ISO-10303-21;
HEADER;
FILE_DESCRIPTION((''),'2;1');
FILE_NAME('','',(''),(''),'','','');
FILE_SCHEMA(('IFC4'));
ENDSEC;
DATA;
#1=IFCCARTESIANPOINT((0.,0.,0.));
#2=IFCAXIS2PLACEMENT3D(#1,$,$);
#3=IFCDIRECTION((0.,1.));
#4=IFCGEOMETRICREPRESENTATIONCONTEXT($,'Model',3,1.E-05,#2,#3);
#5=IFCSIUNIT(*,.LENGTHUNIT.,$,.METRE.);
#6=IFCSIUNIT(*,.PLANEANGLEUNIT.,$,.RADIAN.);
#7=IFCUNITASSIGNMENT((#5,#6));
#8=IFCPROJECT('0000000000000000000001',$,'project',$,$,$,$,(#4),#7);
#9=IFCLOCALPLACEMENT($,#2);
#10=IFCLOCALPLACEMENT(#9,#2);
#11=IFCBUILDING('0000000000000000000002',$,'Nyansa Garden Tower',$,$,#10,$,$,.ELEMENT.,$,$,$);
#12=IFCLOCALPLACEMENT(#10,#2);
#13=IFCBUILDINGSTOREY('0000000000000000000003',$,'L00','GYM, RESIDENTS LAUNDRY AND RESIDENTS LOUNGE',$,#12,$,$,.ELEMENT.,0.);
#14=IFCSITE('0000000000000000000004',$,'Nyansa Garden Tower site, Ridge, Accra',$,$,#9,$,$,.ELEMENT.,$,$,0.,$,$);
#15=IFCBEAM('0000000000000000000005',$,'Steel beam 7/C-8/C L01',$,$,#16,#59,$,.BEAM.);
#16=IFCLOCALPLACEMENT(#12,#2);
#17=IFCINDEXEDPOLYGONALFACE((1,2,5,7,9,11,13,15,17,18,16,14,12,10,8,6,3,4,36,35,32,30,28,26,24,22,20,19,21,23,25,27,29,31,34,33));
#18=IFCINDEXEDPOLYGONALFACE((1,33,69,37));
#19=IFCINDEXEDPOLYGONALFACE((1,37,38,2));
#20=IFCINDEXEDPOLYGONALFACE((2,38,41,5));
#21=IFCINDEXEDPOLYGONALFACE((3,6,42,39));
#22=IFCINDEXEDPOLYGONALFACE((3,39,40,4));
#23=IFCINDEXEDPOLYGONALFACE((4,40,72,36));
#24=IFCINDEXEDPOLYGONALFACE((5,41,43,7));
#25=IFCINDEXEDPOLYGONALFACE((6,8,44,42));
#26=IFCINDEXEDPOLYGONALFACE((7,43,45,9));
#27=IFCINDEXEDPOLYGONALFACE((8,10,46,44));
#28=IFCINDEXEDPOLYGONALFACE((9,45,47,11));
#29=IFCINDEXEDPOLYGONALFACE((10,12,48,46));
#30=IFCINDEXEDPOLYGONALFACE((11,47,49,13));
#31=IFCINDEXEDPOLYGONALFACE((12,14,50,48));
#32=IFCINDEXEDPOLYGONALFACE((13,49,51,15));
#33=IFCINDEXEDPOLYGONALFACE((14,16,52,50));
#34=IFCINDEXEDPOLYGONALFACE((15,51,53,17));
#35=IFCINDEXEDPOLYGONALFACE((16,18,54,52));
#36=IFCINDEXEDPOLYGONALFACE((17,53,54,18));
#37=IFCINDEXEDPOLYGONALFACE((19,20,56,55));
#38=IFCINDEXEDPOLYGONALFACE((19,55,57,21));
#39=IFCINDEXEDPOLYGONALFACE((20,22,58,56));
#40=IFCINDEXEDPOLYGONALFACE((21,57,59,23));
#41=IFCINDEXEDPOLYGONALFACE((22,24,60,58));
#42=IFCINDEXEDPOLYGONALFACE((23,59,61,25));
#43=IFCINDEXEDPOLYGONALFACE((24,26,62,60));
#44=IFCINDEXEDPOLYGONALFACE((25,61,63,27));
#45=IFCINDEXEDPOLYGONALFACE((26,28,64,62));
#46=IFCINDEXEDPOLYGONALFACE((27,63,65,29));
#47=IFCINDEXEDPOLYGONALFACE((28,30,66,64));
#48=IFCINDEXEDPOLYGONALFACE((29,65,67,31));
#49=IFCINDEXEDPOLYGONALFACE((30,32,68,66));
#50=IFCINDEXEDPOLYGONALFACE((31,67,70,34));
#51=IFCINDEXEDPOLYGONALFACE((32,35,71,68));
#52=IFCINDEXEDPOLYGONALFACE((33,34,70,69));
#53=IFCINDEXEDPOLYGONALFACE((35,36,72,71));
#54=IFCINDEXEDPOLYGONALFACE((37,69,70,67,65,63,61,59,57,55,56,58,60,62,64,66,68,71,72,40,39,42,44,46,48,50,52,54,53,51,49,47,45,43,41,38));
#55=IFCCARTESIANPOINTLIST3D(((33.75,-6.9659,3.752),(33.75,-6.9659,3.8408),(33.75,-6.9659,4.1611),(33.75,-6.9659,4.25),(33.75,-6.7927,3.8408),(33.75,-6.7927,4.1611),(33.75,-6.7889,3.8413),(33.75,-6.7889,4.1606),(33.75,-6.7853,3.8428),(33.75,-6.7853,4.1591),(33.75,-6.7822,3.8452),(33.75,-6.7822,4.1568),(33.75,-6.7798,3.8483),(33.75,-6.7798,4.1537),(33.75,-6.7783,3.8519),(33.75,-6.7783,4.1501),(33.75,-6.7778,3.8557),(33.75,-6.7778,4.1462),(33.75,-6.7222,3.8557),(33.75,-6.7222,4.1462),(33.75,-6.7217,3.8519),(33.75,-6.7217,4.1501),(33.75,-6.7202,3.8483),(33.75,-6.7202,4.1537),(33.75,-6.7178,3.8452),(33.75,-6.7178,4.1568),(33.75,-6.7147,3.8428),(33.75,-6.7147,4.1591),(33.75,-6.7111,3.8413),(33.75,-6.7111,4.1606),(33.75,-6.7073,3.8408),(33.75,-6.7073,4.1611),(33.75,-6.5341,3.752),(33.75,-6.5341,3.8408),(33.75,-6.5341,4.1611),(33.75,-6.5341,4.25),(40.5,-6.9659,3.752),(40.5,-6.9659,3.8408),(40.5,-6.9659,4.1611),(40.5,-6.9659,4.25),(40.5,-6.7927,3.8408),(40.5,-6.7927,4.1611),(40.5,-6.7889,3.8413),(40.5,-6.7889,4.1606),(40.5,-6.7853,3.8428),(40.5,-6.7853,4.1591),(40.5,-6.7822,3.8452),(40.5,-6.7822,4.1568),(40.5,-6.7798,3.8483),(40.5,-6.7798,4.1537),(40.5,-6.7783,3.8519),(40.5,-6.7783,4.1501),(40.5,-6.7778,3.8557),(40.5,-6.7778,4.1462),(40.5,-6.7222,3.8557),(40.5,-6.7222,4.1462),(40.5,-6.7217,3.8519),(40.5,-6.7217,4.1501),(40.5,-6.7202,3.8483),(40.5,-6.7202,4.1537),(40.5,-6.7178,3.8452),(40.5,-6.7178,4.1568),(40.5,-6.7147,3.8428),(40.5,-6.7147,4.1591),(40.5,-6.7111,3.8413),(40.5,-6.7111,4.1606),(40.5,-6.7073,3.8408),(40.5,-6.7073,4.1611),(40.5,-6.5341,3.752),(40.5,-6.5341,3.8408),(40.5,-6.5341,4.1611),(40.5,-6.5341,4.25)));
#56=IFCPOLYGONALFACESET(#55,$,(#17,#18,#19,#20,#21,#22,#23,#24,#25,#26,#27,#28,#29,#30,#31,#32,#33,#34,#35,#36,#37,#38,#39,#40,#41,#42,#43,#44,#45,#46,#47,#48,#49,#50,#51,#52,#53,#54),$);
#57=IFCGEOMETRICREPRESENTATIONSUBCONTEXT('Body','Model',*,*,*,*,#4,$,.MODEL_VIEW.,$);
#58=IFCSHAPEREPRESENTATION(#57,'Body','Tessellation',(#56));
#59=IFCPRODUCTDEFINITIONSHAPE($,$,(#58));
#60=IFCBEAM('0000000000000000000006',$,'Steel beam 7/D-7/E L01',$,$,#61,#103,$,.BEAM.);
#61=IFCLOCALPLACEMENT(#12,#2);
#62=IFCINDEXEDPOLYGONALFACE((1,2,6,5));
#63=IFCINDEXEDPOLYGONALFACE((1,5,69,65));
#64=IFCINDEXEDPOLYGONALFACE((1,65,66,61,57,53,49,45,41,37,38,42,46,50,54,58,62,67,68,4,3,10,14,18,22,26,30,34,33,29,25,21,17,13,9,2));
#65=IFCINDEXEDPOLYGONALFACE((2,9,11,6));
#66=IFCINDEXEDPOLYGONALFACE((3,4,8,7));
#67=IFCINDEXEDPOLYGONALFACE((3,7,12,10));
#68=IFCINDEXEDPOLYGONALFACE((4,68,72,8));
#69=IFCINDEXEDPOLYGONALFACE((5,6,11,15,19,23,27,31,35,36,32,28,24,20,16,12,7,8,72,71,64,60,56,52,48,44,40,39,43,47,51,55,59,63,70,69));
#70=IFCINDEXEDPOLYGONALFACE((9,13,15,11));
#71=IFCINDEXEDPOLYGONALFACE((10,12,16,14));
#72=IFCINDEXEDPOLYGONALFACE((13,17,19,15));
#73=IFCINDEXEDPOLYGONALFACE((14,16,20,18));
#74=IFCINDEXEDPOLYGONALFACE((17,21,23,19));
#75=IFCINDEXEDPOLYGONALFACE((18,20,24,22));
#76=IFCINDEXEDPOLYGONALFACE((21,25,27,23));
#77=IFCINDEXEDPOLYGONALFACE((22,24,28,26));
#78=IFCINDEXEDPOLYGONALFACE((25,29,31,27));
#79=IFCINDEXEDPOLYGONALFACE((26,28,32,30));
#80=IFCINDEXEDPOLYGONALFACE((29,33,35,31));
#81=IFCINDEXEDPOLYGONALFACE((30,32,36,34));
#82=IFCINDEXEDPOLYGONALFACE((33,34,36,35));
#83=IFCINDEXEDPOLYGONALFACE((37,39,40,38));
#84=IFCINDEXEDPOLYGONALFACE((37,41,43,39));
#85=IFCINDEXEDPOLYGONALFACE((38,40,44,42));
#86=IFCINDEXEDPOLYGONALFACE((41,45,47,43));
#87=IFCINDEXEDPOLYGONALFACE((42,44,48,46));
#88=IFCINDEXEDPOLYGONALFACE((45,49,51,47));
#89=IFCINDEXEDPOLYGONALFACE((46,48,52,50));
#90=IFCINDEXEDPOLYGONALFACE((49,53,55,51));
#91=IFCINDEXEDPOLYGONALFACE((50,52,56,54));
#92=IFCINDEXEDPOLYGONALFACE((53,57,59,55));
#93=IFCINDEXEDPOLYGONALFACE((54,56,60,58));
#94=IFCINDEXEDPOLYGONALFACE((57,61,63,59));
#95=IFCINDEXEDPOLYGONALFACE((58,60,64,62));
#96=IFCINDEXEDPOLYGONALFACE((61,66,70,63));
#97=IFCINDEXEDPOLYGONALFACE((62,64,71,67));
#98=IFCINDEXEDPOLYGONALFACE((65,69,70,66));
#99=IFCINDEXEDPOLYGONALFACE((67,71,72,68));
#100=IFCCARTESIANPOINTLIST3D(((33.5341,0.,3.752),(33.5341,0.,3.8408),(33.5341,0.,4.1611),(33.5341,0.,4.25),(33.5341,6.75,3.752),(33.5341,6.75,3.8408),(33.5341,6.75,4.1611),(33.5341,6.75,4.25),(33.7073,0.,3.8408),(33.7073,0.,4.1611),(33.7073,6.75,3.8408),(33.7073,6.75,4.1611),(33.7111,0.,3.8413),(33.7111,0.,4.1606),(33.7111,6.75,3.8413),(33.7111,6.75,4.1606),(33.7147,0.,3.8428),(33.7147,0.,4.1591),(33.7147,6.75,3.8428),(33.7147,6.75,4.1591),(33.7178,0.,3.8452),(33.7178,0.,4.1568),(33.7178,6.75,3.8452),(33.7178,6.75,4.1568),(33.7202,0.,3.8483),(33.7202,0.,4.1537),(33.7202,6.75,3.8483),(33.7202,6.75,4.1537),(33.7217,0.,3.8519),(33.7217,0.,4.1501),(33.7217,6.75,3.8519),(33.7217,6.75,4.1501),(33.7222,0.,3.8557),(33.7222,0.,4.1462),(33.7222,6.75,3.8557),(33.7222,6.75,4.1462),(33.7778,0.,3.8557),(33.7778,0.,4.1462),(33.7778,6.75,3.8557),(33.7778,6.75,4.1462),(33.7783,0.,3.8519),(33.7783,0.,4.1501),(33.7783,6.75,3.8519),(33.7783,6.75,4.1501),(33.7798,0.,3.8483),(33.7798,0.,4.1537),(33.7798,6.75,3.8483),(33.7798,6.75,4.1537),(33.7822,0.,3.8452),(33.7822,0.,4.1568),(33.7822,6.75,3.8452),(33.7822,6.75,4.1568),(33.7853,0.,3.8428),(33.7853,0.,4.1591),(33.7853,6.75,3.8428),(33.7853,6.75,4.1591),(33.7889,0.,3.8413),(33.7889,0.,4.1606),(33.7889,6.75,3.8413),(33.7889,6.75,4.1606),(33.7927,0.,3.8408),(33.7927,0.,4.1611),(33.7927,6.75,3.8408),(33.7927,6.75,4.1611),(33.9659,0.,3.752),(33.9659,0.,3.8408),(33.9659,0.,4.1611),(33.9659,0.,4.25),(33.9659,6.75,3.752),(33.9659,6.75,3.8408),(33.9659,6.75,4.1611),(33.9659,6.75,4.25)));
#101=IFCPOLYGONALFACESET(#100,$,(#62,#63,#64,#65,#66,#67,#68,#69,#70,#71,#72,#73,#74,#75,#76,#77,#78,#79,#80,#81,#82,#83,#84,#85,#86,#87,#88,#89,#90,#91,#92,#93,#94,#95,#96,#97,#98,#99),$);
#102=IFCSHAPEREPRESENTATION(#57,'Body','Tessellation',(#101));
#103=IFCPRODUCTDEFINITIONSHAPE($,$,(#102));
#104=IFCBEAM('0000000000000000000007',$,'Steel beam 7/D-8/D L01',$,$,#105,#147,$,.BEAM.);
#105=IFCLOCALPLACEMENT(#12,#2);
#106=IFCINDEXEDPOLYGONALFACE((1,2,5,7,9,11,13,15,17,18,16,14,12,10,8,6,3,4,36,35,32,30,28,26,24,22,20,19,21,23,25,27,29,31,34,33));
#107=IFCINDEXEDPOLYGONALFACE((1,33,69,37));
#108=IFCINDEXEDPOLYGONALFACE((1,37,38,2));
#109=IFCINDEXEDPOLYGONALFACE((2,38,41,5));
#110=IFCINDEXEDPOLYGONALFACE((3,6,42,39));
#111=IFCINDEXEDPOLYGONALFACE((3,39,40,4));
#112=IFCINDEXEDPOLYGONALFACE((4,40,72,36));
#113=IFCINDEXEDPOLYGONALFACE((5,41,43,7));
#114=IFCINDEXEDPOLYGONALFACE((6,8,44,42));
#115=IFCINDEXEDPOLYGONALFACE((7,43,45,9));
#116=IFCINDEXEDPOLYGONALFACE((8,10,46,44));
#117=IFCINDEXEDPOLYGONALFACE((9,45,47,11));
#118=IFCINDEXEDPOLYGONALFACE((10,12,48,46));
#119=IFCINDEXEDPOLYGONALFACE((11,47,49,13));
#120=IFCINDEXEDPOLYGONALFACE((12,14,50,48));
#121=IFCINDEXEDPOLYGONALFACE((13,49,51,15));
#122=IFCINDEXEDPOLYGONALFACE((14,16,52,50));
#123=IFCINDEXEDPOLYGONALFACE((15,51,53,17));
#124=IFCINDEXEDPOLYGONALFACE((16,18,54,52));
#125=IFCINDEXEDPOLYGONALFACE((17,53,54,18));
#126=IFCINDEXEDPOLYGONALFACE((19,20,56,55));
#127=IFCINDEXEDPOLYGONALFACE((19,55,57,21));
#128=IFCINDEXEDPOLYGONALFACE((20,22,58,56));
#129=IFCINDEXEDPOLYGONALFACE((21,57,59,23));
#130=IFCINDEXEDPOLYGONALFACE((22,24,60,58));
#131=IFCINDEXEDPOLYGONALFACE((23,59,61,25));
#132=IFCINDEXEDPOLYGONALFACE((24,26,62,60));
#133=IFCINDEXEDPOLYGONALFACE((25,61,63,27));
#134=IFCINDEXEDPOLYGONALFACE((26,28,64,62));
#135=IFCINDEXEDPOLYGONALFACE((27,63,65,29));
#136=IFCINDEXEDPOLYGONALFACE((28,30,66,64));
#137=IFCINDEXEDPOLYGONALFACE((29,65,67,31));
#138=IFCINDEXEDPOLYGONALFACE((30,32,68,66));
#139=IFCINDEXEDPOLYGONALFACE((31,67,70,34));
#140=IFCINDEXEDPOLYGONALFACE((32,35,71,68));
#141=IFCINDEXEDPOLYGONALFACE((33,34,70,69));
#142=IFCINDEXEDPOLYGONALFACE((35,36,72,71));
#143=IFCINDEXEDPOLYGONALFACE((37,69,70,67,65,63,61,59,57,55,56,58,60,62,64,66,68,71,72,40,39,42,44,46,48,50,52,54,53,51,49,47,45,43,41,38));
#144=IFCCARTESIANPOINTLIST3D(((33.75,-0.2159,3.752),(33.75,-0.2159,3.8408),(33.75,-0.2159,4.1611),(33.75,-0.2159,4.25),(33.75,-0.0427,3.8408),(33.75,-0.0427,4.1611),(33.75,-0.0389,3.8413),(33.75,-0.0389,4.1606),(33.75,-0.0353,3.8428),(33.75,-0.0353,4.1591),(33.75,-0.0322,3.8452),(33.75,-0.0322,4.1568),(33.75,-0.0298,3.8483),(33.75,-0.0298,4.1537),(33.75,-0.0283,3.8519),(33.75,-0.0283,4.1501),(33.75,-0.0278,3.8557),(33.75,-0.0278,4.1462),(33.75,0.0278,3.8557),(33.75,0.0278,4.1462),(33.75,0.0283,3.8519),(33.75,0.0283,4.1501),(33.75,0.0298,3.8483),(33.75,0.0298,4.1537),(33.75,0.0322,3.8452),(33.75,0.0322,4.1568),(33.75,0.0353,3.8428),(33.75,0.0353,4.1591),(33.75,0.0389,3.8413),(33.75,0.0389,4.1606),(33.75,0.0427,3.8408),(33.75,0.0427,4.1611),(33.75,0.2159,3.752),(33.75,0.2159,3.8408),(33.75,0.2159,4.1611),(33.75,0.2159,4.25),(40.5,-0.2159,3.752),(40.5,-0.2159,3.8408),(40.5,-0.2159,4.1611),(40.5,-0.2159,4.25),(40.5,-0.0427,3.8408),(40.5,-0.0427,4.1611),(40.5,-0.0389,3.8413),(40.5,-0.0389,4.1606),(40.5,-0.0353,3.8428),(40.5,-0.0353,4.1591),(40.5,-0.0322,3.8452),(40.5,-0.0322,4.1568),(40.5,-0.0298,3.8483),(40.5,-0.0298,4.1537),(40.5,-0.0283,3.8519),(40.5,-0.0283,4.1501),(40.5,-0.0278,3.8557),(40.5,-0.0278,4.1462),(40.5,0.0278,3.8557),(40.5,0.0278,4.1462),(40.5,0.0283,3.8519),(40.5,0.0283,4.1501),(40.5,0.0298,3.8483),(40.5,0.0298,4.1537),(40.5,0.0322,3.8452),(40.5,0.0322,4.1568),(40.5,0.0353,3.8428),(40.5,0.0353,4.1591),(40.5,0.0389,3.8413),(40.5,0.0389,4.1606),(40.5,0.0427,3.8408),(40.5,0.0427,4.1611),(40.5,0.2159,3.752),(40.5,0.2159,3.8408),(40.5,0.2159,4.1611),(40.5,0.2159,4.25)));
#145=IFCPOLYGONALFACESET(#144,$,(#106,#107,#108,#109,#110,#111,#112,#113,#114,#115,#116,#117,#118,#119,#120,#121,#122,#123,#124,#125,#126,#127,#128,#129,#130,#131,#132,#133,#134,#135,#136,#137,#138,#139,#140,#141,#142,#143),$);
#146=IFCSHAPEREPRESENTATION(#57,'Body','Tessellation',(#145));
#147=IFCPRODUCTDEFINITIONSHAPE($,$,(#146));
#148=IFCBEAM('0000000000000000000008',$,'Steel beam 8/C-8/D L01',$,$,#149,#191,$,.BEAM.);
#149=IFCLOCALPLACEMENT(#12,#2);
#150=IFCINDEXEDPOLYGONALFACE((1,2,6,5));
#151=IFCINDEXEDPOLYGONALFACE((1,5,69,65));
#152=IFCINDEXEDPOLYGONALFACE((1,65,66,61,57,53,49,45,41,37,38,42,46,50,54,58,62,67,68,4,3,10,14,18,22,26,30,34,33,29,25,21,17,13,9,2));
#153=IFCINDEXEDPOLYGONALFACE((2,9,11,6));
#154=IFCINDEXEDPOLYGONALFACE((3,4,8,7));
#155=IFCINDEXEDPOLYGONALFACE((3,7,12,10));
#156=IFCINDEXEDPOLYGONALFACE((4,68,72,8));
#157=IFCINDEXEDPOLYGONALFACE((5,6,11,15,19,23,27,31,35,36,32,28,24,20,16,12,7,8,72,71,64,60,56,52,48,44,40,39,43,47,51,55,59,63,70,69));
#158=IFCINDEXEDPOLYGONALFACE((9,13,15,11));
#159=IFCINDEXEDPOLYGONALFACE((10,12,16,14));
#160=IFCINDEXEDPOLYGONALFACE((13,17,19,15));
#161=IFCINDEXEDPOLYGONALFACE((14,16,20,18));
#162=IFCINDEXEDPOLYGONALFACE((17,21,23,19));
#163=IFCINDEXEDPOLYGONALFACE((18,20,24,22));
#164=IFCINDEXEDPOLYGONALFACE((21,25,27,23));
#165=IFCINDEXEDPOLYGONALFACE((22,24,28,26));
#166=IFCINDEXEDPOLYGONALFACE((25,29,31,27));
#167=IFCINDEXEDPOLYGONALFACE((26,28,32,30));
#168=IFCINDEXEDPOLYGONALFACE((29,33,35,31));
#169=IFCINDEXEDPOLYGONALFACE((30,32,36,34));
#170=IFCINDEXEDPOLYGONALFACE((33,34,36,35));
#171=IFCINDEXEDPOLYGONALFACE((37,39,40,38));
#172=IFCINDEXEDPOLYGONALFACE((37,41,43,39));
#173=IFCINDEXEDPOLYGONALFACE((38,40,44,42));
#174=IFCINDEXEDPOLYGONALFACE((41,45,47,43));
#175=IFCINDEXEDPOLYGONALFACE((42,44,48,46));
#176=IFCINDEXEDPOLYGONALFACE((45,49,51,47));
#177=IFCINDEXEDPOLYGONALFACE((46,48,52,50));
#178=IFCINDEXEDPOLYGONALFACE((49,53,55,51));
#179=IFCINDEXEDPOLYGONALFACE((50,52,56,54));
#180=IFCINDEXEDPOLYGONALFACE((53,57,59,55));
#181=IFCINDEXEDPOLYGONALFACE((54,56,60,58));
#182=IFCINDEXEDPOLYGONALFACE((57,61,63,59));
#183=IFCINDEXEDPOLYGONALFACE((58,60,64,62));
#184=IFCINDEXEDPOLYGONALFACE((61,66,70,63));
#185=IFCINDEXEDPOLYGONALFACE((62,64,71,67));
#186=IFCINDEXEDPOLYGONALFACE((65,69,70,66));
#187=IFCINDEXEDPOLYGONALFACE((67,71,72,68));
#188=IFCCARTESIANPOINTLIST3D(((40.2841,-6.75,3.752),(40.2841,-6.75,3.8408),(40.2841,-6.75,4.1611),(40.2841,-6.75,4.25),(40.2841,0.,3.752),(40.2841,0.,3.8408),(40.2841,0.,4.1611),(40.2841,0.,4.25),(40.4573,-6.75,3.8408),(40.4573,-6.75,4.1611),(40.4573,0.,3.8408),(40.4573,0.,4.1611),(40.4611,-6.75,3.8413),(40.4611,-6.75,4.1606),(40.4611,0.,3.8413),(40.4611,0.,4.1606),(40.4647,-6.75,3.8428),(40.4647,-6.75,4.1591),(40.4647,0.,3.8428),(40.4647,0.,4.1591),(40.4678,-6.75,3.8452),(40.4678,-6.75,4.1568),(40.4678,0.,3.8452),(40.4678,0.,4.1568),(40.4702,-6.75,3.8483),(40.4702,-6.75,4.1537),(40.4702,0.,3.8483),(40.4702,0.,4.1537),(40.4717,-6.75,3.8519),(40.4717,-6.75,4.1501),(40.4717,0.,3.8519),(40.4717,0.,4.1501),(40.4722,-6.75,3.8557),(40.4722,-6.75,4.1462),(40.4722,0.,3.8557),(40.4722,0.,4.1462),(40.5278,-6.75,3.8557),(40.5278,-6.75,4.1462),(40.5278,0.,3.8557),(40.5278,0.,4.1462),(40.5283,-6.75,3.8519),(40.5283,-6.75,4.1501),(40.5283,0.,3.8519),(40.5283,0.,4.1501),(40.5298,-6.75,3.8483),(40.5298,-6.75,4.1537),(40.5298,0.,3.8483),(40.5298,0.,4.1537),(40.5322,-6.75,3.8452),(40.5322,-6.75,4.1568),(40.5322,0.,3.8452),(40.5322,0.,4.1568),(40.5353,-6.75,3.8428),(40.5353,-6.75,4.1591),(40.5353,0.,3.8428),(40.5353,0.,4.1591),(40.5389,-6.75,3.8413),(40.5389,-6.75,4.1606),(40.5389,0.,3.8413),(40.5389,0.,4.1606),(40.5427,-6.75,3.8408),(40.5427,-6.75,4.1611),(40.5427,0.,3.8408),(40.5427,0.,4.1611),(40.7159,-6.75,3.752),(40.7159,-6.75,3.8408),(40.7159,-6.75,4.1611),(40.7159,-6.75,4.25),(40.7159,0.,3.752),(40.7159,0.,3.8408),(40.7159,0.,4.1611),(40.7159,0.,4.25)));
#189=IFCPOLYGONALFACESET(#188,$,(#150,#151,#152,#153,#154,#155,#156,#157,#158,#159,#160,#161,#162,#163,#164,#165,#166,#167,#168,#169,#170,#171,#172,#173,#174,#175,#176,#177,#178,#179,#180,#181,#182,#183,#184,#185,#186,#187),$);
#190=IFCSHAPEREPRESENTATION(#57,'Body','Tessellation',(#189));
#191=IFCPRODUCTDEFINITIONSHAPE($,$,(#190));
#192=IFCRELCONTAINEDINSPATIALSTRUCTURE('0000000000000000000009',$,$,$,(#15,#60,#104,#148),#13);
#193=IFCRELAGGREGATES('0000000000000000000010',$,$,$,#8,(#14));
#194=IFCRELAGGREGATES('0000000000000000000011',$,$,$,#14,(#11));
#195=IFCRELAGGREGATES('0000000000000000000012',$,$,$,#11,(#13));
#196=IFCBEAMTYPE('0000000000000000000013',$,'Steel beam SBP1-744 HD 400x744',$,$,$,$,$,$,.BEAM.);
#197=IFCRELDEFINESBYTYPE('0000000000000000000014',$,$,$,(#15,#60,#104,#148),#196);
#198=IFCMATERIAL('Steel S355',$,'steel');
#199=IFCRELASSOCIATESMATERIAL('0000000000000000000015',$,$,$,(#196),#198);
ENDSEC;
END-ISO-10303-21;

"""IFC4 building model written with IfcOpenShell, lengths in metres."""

from ifc_helpers import new_model, si_unit, direction, frame, origin, origin_2d, place, context, subcontext, project, spatial, i_section, extrude, material, material_profile, profile_set, type_object, element, save


model = new_model("IFC4")

# Units and contexts
model_context = context("Model", 3, precision=1e-05, world=origin(), true_north=direction((0.0, 1.0)))
body_context = subcontext(model_context, "Body", "Model", "MODEL_VIEW")
ifc_project = project(units=[si_unit("LENGTHUNIT", "METRE"), si_unit("PLANEANGLEUNIT", "RADIAN")], contexts=[model_context])

# Site, building, storey
site_placement = place(None, origin())
site = spatial("IfcSite", under=ifc_project, at=site_placement, Name="Nyansa Garden Tower site, Ridge, Accra", CompositionType="ELEMENT", RefElevation=0.0)
building_placement = place(site_placement, origin())
building = spatial("IfcBuilding", under=site, at=building_placement, Name="Nyansa Garden Tower", CompositionType="ELEMENT")
storey_placement = place(building_placement, origin())
storey = spatial("IfcBuildingStorey", under=building, at=storey_placement, Name="L00", Description="GYM, RESIDENTS LAUNDRY AND RESIDENTS LOUNGE", CompositionType="ELEMENT", Elevation=0.0)

# Beams
ifc_material_1 = material(Name="Steel S355", Category="steel")
ifc_material_profile_1 = material_profile(ifc_material_1, i_section(OverallWidth=0.4319, OverallDepth=0.498, WebThickness=0.0557, FlangeThickness=0.0889, FilletRadius=0.0149, at=origin_2d()), Name="HD 400x744")
ifc_profile_set_1 = profile_set([ifc_material_profile_1], Name="Steel S355")
beam_type = type_object("IfcBeamType", Name="Steel beam SBP1-744 HD 400x744", PredefinedType="BEAM", material=ifc_profile_set_1)
for number, where, z_axis, x_axis, name in (
    (1, (33.75, -6.75, 4.001), (1.0, 0.0, 0.0), (0.0, 1.0, 0.0), "Steel beam 7/C-8/C L01"),
    (2, (33.75, 0.0, 4.001), (0.0, 1.0, 0.0), (-1.0, 0.0, 0.0), "Steel beam 7/D-7/E L01"),
    (3, (33.75, 0.0, 4.001), (1.0, 0.0, 0.0), (0.0, 1.0, 0.0), "Steel beam 7/D-8/D L01"),
    (4, (40.5, -6.75, 4.001), (0.0, 1.0, 0.0), (-1.0, 0.0, 0.0), "Steel beam 8/C-8/D L01"),
):
    element("IfcBeam", number, at=place(storey_placement, frame(where, z_axis=z_axis, x_axis=x_axis)), inside=storey, type_object=beam_type, Name=name, PredefinedType="BEAM", context=body_context, shape_type="SweptSolid", body=[
        extrude(i_section(OverallWidth=0.4319, OverallDepth=0.498, WebThickness=0.0557, FlangeThickness=0.0889, FilletRadius=0.0149, at=origin_2d()), origin(), (0.0, 0.0, 1.0), 6.75),
    ])

save(model, "model.ifc")
